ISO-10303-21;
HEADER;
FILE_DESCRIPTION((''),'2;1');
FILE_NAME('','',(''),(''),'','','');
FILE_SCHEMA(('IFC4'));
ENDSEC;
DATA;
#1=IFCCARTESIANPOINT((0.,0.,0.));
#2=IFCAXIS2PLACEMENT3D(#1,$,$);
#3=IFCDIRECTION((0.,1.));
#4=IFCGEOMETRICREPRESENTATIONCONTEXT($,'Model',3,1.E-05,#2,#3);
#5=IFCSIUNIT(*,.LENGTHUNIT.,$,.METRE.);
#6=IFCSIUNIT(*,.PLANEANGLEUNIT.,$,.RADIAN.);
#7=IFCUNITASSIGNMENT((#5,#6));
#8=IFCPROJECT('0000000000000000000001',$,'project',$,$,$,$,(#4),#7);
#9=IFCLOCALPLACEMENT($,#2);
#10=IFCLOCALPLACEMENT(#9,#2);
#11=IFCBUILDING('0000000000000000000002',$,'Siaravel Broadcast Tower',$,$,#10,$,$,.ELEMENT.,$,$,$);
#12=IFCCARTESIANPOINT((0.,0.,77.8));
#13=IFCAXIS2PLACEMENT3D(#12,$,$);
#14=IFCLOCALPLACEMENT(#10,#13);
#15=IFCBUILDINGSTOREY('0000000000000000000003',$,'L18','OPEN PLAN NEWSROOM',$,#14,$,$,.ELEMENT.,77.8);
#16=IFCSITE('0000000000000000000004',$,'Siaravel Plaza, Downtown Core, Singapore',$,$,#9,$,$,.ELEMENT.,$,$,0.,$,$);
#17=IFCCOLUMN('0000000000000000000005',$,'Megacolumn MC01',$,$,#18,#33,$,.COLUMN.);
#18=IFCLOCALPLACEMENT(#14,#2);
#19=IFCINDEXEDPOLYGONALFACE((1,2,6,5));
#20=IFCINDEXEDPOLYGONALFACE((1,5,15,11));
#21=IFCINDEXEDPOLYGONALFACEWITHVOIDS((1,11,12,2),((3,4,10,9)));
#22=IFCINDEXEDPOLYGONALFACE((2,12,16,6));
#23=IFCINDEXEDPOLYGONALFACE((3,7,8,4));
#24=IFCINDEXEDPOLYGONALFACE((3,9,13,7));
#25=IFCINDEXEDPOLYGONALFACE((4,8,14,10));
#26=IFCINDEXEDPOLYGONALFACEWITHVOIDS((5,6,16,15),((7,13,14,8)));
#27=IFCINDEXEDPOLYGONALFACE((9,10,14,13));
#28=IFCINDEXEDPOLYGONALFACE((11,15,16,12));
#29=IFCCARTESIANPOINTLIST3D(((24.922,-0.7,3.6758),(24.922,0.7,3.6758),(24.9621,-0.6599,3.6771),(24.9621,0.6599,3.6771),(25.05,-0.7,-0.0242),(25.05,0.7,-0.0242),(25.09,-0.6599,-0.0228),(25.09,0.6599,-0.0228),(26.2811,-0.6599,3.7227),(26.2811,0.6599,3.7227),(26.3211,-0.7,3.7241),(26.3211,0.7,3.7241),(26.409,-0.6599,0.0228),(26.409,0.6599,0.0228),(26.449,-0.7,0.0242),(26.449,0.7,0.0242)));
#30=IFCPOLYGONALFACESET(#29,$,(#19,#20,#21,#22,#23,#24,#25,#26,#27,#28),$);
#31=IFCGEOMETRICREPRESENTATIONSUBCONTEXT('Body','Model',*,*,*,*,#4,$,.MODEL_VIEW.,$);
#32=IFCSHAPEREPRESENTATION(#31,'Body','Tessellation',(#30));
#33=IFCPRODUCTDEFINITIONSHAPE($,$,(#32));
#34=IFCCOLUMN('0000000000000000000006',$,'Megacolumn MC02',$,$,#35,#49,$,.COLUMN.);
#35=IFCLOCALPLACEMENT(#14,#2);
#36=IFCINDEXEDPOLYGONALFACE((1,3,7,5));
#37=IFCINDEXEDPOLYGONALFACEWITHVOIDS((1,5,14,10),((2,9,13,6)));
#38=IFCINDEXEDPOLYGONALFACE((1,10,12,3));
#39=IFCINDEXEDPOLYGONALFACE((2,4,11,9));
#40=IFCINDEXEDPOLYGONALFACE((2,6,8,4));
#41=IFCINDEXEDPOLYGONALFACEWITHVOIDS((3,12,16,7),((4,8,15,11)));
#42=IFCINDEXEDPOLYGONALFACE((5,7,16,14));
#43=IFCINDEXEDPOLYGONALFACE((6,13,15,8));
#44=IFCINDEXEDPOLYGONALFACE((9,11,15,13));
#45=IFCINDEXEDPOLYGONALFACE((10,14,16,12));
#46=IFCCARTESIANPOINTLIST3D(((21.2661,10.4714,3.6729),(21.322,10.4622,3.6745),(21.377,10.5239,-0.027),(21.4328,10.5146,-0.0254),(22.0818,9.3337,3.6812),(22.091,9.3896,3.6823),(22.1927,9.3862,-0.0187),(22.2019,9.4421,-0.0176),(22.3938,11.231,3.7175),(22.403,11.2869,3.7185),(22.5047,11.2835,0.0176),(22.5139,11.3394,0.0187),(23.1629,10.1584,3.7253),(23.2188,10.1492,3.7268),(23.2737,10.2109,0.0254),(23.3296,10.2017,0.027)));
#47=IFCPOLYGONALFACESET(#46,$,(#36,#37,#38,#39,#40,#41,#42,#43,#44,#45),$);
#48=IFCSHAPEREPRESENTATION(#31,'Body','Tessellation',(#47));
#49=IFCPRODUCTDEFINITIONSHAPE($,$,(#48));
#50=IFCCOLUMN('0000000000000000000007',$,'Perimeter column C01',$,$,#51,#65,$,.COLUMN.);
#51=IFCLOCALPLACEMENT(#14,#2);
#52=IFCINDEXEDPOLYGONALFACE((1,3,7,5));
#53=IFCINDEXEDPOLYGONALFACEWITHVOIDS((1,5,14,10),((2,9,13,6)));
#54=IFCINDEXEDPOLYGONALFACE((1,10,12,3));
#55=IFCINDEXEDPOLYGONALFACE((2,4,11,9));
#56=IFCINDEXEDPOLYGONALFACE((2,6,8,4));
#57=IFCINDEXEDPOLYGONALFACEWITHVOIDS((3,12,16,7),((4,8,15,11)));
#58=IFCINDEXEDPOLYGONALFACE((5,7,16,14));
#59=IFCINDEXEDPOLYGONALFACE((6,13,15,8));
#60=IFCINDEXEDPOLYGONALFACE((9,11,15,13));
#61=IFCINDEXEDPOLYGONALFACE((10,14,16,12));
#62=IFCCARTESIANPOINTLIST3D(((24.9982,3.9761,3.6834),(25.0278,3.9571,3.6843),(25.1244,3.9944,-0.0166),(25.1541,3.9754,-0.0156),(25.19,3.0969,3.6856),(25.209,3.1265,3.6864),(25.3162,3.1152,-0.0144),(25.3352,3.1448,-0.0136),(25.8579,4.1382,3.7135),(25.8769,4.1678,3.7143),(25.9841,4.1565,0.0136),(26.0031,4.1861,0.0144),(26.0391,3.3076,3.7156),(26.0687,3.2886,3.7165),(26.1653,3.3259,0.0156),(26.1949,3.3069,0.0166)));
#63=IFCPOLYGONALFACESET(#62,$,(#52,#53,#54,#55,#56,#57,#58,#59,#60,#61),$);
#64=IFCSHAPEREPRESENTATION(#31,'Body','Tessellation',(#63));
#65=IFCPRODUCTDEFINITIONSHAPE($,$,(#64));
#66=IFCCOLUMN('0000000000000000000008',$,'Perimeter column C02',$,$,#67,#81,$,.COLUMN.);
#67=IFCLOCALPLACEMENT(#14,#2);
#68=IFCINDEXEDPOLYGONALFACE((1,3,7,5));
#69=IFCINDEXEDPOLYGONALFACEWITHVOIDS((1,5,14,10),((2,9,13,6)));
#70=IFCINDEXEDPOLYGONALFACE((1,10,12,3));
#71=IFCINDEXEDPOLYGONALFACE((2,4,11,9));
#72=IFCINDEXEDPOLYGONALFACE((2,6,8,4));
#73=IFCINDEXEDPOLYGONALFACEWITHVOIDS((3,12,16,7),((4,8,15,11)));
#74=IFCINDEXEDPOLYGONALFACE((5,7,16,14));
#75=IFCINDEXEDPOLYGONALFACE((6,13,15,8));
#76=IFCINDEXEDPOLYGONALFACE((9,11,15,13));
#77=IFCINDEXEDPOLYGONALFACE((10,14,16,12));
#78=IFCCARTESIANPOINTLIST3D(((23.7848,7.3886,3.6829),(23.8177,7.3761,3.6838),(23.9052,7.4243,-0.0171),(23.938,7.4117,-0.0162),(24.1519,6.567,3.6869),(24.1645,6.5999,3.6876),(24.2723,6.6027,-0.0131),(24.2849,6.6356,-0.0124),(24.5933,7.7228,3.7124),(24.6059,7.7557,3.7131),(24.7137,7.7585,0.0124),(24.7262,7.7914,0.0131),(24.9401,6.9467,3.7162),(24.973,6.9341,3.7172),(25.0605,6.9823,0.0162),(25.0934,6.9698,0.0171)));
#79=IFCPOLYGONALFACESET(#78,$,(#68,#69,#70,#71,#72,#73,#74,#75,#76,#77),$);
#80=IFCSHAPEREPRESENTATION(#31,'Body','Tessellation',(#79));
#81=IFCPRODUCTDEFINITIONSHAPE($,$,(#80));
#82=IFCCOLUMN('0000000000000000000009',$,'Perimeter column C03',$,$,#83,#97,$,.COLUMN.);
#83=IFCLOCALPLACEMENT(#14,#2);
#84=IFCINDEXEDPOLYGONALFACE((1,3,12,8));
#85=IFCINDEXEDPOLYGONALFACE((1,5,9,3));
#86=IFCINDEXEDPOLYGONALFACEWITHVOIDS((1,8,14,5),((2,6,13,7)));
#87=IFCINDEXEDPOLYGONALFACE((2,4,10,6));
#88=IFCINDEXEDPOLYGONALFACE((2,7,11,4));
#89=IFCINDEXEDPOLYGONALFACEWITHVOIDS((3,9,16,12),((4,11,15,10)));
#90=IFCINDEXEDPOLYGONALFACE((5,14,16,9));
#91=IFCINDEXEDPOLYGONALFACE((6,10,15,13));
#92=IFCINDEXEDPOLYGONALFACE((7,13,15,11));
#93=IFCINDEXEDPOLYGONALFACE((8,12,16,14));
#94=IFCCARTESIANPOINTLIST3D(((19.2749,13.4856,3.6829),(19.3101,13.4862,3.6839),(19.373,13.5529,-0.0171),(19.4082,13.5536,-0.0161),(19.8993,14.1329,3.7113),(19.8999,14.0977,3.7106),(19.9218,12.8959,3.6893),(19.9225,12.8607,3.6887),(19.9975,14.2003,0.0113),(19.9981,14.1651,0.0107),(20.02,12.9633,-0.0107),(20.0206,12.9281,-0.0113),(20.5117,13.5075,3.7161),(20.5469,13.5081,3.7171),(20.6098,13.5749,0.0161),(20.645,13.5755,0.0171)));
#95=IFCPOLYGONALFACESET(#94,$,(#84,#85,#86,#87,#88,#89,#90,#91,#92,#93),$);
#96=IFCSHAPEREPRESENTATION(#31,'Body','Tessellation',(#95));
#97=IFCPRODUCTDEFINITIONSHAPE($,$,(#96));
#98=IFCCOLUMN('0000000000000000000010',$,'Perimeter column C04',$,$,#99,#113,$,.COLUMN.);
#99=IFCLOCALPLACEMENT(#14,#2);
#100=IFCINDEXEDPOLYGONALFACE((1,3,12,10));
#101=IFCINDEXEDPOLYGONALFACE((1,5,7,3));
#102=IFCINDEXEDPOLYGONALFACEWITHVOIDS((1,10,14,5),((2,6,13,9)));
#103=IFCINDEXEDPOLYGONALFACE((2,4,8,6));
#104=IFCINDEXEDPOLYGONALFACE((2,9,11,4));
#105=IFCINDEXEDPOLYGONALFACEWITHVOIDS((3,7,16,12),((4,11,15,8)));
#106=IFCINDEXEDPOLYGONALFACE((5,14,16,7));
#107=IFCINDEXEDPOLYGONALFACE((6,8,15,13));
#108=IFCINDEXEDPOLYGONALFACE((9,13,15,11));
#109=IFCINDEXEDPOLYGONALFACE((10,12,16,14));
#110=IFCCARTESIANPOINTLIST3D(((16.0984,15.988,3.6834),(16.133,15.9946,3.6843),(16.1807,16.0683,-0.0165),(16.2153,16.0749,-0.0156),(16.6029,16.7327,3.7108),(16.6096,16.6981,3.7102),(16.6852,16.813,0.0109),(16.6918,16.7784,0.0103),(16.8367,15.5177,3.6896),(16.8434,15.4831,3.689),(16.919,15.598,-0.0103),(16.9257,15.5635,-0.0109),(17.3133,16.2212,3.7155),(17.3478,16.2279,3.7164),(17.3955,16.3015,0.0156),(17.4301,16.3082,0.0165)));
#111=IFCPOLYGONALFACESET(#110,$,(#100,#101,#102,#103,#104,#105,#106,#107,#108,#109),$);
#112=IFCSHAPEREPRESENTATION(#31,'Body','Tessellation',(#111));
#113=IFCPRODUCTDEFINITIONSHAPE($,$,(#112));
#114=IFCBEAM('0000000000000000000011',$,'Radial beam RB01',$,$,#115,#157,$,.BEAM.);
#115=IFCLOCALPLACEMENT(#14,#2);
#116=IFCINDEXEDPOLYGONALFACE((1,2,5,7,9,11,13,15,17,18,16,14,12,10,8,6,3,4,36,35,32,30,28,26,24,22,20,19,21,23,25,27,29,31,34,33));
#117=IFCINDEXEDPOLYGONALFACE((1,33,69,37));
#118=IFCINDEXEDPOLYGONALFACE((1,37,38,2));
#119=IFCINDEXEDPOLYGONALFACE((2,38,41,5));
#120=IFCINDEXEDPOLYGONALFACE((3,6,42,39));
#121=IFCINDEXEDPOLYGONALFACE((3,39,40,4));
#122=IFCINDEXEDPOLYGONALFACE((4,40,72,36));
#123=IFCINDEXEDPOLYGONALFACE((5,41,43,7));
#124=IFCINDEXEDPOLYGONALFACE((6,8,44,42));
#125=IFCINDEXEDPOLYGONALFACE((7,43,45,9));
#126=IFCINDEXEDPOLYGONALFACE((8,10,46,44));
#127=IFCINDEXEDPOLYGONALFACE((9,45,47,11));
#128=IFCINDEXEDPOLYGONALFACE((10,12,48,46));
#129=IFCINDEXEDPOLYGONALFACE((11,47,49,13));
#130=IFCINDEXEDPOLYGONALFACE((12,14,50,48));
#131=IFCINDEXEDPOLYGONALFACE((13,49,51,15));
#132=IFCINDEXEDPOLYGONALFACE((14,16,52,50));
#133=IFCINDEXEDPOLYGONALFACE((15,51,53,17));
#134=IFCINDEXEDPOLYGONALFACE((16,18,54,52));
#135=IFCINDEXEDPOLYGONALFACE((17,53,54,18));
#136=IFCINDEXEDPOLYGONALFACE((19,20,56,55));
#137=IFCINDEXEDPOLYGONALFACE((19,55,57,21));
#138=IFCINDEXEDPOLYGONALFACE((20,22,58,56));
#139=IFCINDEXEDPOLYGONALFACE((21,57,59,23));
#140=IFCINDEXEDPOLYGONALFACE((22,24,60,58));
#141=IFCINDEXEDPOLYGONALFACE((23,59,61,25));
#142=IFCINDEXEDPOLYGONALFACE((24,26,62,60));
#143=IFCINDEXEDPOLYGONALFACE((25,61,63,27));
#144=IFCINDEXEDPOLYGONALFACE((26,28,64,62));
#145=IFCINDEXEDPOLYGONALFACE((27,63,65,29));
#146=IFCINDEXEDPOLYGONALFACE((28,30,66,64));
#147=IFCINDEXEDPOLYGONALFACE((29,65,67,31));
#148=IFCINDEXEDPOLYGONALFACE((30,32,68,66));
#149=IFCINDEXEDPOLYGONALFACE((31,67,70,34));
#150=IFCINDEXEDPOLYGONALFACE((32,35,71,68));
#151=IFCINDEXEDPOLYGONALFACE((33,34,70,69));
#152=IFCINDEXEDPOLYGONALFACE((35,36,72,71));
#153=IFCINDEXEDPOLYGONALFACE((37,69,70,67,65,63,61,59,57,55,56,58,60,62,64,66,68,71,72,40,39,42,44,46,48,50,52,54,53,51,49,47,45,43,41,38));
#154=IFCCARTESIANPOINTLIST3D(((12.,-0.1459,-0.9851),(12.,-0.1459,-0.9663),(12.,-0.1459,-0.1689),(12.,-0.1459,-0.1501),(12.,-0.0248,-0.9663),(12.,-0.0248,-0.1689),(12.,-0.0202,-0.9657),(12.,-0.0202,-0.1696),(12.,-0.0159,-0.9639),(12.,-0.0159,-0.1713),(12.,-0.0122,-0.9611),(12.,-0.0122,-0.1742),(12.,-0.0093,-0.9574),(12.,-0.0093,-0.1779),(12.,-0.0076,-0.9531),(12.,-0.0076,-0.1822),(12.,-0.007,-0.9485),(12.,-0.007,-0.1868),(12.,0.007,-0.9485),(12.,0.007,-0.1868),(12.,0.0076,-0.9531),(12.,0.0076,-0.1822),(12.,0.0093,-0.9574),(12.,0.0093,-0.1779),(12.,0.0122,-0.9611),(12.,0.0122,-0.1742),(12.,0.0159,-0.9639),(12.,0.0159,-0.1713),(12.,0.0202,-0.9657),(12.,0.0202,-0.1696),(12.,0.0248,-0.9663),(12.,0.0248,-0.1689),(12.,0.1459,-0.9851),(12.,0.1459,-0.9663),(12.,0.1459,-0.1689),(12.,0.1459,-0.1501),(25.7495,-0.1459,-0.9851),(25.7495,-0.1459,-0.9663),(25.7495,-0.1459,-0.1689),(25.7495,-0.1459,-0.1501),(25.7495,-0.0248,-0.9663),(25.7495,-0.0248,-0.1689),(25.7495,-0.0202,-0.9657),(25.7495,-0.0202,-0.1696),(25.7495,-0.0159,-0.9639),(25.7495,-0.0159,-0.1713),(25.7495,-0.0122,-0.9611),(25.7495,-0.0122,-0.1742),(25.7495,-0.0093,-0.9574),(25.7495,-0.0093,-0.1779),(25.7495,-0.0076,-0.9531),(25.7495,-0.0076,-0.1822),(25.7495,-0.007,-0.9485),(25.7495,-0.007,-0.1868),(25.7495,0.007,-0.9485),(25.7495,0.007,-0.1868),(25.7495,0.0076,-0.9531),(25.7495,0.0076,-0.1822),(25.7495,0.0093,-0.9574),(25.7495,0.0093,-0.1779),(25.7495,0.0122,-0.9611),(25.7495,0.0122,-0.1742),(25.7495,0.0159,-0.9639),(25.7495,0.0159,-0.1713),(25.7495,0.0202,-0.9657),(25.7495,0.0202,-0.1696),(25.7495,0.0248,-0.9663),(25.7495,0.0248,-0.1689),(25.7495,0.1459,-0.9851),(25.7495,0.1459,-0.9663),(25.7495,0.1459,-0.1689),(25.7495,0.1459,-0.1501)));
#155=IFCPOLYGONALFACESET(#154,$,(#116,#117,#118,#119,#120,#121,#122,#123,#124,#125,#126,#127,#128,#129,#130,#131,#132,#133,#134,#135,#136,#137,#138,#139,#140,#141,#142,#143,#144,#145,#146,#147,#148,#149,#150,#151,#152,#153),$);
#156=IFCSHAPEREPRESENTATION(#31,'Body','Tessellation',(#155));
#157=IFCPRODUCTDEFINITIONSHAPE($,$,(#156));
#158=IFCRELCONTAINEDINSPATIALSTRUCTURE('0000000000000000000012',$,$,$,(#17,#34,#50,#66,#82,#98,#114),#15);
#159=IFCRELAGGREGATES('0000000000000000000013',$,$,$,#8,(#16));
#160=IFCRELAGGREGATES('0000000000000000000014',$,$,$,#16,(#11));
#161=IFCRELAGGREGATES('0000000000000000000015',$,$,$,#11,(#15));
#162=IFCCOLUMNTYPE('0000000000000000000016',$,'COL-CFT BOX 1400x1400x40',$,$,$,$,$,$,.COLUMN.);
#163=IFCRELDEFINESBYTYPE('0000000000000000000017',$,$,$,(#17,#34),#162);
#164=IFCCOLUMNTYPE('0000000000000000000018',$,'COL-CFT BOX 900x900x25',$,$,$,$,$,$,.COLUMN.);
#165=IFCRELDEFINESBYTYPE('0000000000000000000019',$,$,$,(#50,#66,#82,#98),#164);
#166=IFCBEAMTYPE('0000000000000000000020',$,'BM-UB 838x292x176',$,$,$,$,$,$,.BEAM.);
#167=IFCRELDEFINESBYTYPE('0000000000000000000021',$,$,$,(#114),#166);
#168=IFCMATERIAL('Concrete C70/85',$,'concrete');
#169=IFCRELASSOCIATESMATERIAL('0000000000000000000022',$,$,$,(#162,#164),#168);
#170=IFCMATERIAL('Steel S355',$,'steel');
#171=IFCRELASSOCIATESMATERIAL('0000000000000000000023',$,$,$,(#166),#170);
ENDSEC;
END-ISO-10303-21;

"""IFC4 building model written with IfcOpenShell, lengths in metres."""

from ifc_helpers import new_model, si_unit, direction, frame, origin, origin_2d, place, context, subcontext, project, spatial, hollow_rectangle, i_section, extrude, material, material_profile, profile_set, type_object, element, save


model = new_model("IFC4")

# Units and contexts
model_context = context("Model", 3, precision=1e-05, world=origin(), true_north=direction((0.0, 1.0)))
body_context = subcontext(model_context, "Body", "Model", "MODEL_VIEW")
ifc_project = project(units=[si_unit("LENGTHUNIT", "METRE"), si_unit("PLANEANGLEUNIT", "RADIAN")], contexts=[model_context])

# Site, building, storey
site_placement = place(None, origin())
site = spatial("IfcSite", under=ifc_project, at=site_placement, Name="Siaravel Plaza, Downtown Core, Singapore", CompositionType="ELEMENT", RefElevation=0.0)
building_placement = place(site_placement, origin())
building = spatial("IfcBuilding", under=site, at=building_placement, Name="Siaravel Broadcast Tower", CompositionType="ELEMENT")
storey_placement = place(building_placement, frame((0.0, 0.0, 77.8)))
storey = spatial("IfcBuildingStorey", under=building, at=storey_placement, Name="L18", Description="OPEN PLAN NEWSROOM", CompositionType="ELEMENT", Elevation=77.8)

# Columns
ifc_material_1 = material(Name="Concrete C70/85", Category="concrete")
ifc_material_profile_1 = material_profile(ifc_material_1, hollow_rectangle(XDim=1.3999, YDim=1.3999, WallThickness=0.04, at=origin_2d()))
ifc_profile_set_1 = profile_set([ifc_material_profile_1], Name="Concrete C70/85")
column_type_1 = type_object("IfcColumnType", Name="COL-CFT BOX 1400x1400x40", PredefinedType="COLUMN", material=ifc_profile_set_1)
column_1_placement = place(storey_placement, frame((25.7495, 0.0, 0.0), z_axis=(-0.034555, 0.0, 0.999403), x_axis=(0.0, -1.0, 0.0)))
element("IfcColumn", 1, at=column_1_placement, inside=storey, type_object=column_type_1, Name="Megacolumn MC01", PredefinedType="COLUMN", context=body_context, shape_type="SweptSolid", body=[
    extrude(hollow_rectangle(XDim=1.3999, YDim=1.3999, WallThickness=0.04, at=origin_2d()), origin(), (0.0, 0.0, 1.0), 3.7021),
])
column_2_placement = place(storey_placement, frame((22.3533, 10.3628, 0.0), z_axis=(-0.029941, -0.014179, 0.999451), x_axis=(0.582697, -0.812668, 0.005927)))
element("IfcColumn", 2, at=column_2_placement, inside=storey, type_object=column_type_1, Name="Megacolumn MC02", PredefinedType="COLUMN", context=body_context, shape_type="SweptSolid", body=[
    extrude(hollow_rectangle(XDim=1.3999, YDim=1.3999, WallThickness=0.04, at=origin_2d()), origin(), (0.0, 0.0, 1.0), 3.7019),
])
ifc_material_profile_2 = material_profile(ifc_material_1, hollow_rectangle(XDim=0.8999, YDim=0.8999, WallThickness=0.0249, at=origin_2d()))
ifc_profile_set_2 = profile_set([ifc_material_profile_2], Name="Concrete C70/85")
column_type_2 = type_object("IfcColumnType", Name="COL-CFT BOX 900x900x25", PredefinedType="COLUMN", material=ifc_profile_set_2)
for number, where, z_axis, x_axis, name in (
    (3, (25.6597, 3.6506, 0.0), (-0.034094, -0.004946, 0.999406), (0.213077, -0.977032, 0.002434), "Perimeter column C01"),
    (4, (24.4993, 7.197, 0.0), (-0.032512, -0.009628, 0.999425), (0.407994, -0.912974, 0.004477), "Perimeter column C02"),
):
    element("IfcColumn", number, at=place(storey_placement, frame(where, z_axis=z_axis, x_axis=x_axis)), inside=storey, type_object=column_type_2, Name=name, PredefinedType="COLUMN", context=body_context, shape_type="SweptSolid", body=[
        extrude(hollow_rectangle(XDim=0.8999, YDim=0.8999, WallThickness=0.0249, at=origin_2d()), origin(), (0.0, 0.0, 1.0), 3.7021),
    ])
column_3_placement = place(storey_placement, frame((20.009, 13.5642, 0.0), z_axis=(-0.026512, -0.018202, 0.999483), x_axis=(0.719608, -0.69435, 0.006443)))
element("IfcColumn", 5, at=column_3_placement, inside=storey, type_object=column_type_2, Name="Perimeter column C03", PredefinedType="COLUMN", context=body_context, shape_type="SweptSolid", body=[
    extrude(hollow_rectangle(XDim=0.8999, YDim=0.8999, WallThickness=0.0249, at=origin_2d()), origin(), (0.0, 0.0, 1.0), 3.7019),
])
column_4_placement = place(storey_placement, frame((16.8054, 16.1882, 0.0), z_axis=(-0.022226, -0.021699, 0.999517), x_axis=(0.827813, -0.56097, 0.00623)))
element("IfcColumn", 6, at=column_4_placement, inside=storey, type_object=column_type_2, Name="Perimeter column C04", PredefinedType="COLUMN", context=body_context, shape_type="SweptSolid", body=[
    extrude(hollow_rectangle(XDim=0.8999, YDim=0.8999, WallThickness=0.0249, at=origin_2d()), origin(), (0.0, 0.0, 1.0), 3.7017),
])

# Beam
ifc_material_2 = material(Name="Steel S355", Category="steel")
ifc_material_profile_3 = material_profile(ifc_material_2, i_section(OverallWidth=0.2917, OverallDepth=0.835, WebThickness=0.0139, FlangeThickness=0.0188, FilletRadius=0.0178, at=origin_2d()))
ifc_profile_set_3 = profile_set([ifc_material_profile_3], Name="Steel S355")
beam_type = type_object("IfcBeamType", Name="BM-UB 838x292x176", PredefinedType="BEAM", material=ifc_profile_set_3)
beam_1_placement = place(storey_placement, frame((25.7495, 0.0, -0.5676), z_axis=(-1.0, 0.0, 0.0), x_axis=(0.0, -1.0, 0.0)))
element("IfcBeam", 7, at=beam_1_placement, inside=storey, type_object=beam_type, Name="Radial beam RB01", PredefinedType="BEAM", context=body_context, shape_type="SweptSolid", body=[
    extrude(i_section(OverallWidth=0.2917, OverallDepth=0.835, WebThickness=0.0139, FlangeThickness=0.0188, FilletRadius=0.0178, at=origin_2d()), origin(), (0.0, 0.0, 1.0), 13.7495),
])

save(model, "model.ifc")
